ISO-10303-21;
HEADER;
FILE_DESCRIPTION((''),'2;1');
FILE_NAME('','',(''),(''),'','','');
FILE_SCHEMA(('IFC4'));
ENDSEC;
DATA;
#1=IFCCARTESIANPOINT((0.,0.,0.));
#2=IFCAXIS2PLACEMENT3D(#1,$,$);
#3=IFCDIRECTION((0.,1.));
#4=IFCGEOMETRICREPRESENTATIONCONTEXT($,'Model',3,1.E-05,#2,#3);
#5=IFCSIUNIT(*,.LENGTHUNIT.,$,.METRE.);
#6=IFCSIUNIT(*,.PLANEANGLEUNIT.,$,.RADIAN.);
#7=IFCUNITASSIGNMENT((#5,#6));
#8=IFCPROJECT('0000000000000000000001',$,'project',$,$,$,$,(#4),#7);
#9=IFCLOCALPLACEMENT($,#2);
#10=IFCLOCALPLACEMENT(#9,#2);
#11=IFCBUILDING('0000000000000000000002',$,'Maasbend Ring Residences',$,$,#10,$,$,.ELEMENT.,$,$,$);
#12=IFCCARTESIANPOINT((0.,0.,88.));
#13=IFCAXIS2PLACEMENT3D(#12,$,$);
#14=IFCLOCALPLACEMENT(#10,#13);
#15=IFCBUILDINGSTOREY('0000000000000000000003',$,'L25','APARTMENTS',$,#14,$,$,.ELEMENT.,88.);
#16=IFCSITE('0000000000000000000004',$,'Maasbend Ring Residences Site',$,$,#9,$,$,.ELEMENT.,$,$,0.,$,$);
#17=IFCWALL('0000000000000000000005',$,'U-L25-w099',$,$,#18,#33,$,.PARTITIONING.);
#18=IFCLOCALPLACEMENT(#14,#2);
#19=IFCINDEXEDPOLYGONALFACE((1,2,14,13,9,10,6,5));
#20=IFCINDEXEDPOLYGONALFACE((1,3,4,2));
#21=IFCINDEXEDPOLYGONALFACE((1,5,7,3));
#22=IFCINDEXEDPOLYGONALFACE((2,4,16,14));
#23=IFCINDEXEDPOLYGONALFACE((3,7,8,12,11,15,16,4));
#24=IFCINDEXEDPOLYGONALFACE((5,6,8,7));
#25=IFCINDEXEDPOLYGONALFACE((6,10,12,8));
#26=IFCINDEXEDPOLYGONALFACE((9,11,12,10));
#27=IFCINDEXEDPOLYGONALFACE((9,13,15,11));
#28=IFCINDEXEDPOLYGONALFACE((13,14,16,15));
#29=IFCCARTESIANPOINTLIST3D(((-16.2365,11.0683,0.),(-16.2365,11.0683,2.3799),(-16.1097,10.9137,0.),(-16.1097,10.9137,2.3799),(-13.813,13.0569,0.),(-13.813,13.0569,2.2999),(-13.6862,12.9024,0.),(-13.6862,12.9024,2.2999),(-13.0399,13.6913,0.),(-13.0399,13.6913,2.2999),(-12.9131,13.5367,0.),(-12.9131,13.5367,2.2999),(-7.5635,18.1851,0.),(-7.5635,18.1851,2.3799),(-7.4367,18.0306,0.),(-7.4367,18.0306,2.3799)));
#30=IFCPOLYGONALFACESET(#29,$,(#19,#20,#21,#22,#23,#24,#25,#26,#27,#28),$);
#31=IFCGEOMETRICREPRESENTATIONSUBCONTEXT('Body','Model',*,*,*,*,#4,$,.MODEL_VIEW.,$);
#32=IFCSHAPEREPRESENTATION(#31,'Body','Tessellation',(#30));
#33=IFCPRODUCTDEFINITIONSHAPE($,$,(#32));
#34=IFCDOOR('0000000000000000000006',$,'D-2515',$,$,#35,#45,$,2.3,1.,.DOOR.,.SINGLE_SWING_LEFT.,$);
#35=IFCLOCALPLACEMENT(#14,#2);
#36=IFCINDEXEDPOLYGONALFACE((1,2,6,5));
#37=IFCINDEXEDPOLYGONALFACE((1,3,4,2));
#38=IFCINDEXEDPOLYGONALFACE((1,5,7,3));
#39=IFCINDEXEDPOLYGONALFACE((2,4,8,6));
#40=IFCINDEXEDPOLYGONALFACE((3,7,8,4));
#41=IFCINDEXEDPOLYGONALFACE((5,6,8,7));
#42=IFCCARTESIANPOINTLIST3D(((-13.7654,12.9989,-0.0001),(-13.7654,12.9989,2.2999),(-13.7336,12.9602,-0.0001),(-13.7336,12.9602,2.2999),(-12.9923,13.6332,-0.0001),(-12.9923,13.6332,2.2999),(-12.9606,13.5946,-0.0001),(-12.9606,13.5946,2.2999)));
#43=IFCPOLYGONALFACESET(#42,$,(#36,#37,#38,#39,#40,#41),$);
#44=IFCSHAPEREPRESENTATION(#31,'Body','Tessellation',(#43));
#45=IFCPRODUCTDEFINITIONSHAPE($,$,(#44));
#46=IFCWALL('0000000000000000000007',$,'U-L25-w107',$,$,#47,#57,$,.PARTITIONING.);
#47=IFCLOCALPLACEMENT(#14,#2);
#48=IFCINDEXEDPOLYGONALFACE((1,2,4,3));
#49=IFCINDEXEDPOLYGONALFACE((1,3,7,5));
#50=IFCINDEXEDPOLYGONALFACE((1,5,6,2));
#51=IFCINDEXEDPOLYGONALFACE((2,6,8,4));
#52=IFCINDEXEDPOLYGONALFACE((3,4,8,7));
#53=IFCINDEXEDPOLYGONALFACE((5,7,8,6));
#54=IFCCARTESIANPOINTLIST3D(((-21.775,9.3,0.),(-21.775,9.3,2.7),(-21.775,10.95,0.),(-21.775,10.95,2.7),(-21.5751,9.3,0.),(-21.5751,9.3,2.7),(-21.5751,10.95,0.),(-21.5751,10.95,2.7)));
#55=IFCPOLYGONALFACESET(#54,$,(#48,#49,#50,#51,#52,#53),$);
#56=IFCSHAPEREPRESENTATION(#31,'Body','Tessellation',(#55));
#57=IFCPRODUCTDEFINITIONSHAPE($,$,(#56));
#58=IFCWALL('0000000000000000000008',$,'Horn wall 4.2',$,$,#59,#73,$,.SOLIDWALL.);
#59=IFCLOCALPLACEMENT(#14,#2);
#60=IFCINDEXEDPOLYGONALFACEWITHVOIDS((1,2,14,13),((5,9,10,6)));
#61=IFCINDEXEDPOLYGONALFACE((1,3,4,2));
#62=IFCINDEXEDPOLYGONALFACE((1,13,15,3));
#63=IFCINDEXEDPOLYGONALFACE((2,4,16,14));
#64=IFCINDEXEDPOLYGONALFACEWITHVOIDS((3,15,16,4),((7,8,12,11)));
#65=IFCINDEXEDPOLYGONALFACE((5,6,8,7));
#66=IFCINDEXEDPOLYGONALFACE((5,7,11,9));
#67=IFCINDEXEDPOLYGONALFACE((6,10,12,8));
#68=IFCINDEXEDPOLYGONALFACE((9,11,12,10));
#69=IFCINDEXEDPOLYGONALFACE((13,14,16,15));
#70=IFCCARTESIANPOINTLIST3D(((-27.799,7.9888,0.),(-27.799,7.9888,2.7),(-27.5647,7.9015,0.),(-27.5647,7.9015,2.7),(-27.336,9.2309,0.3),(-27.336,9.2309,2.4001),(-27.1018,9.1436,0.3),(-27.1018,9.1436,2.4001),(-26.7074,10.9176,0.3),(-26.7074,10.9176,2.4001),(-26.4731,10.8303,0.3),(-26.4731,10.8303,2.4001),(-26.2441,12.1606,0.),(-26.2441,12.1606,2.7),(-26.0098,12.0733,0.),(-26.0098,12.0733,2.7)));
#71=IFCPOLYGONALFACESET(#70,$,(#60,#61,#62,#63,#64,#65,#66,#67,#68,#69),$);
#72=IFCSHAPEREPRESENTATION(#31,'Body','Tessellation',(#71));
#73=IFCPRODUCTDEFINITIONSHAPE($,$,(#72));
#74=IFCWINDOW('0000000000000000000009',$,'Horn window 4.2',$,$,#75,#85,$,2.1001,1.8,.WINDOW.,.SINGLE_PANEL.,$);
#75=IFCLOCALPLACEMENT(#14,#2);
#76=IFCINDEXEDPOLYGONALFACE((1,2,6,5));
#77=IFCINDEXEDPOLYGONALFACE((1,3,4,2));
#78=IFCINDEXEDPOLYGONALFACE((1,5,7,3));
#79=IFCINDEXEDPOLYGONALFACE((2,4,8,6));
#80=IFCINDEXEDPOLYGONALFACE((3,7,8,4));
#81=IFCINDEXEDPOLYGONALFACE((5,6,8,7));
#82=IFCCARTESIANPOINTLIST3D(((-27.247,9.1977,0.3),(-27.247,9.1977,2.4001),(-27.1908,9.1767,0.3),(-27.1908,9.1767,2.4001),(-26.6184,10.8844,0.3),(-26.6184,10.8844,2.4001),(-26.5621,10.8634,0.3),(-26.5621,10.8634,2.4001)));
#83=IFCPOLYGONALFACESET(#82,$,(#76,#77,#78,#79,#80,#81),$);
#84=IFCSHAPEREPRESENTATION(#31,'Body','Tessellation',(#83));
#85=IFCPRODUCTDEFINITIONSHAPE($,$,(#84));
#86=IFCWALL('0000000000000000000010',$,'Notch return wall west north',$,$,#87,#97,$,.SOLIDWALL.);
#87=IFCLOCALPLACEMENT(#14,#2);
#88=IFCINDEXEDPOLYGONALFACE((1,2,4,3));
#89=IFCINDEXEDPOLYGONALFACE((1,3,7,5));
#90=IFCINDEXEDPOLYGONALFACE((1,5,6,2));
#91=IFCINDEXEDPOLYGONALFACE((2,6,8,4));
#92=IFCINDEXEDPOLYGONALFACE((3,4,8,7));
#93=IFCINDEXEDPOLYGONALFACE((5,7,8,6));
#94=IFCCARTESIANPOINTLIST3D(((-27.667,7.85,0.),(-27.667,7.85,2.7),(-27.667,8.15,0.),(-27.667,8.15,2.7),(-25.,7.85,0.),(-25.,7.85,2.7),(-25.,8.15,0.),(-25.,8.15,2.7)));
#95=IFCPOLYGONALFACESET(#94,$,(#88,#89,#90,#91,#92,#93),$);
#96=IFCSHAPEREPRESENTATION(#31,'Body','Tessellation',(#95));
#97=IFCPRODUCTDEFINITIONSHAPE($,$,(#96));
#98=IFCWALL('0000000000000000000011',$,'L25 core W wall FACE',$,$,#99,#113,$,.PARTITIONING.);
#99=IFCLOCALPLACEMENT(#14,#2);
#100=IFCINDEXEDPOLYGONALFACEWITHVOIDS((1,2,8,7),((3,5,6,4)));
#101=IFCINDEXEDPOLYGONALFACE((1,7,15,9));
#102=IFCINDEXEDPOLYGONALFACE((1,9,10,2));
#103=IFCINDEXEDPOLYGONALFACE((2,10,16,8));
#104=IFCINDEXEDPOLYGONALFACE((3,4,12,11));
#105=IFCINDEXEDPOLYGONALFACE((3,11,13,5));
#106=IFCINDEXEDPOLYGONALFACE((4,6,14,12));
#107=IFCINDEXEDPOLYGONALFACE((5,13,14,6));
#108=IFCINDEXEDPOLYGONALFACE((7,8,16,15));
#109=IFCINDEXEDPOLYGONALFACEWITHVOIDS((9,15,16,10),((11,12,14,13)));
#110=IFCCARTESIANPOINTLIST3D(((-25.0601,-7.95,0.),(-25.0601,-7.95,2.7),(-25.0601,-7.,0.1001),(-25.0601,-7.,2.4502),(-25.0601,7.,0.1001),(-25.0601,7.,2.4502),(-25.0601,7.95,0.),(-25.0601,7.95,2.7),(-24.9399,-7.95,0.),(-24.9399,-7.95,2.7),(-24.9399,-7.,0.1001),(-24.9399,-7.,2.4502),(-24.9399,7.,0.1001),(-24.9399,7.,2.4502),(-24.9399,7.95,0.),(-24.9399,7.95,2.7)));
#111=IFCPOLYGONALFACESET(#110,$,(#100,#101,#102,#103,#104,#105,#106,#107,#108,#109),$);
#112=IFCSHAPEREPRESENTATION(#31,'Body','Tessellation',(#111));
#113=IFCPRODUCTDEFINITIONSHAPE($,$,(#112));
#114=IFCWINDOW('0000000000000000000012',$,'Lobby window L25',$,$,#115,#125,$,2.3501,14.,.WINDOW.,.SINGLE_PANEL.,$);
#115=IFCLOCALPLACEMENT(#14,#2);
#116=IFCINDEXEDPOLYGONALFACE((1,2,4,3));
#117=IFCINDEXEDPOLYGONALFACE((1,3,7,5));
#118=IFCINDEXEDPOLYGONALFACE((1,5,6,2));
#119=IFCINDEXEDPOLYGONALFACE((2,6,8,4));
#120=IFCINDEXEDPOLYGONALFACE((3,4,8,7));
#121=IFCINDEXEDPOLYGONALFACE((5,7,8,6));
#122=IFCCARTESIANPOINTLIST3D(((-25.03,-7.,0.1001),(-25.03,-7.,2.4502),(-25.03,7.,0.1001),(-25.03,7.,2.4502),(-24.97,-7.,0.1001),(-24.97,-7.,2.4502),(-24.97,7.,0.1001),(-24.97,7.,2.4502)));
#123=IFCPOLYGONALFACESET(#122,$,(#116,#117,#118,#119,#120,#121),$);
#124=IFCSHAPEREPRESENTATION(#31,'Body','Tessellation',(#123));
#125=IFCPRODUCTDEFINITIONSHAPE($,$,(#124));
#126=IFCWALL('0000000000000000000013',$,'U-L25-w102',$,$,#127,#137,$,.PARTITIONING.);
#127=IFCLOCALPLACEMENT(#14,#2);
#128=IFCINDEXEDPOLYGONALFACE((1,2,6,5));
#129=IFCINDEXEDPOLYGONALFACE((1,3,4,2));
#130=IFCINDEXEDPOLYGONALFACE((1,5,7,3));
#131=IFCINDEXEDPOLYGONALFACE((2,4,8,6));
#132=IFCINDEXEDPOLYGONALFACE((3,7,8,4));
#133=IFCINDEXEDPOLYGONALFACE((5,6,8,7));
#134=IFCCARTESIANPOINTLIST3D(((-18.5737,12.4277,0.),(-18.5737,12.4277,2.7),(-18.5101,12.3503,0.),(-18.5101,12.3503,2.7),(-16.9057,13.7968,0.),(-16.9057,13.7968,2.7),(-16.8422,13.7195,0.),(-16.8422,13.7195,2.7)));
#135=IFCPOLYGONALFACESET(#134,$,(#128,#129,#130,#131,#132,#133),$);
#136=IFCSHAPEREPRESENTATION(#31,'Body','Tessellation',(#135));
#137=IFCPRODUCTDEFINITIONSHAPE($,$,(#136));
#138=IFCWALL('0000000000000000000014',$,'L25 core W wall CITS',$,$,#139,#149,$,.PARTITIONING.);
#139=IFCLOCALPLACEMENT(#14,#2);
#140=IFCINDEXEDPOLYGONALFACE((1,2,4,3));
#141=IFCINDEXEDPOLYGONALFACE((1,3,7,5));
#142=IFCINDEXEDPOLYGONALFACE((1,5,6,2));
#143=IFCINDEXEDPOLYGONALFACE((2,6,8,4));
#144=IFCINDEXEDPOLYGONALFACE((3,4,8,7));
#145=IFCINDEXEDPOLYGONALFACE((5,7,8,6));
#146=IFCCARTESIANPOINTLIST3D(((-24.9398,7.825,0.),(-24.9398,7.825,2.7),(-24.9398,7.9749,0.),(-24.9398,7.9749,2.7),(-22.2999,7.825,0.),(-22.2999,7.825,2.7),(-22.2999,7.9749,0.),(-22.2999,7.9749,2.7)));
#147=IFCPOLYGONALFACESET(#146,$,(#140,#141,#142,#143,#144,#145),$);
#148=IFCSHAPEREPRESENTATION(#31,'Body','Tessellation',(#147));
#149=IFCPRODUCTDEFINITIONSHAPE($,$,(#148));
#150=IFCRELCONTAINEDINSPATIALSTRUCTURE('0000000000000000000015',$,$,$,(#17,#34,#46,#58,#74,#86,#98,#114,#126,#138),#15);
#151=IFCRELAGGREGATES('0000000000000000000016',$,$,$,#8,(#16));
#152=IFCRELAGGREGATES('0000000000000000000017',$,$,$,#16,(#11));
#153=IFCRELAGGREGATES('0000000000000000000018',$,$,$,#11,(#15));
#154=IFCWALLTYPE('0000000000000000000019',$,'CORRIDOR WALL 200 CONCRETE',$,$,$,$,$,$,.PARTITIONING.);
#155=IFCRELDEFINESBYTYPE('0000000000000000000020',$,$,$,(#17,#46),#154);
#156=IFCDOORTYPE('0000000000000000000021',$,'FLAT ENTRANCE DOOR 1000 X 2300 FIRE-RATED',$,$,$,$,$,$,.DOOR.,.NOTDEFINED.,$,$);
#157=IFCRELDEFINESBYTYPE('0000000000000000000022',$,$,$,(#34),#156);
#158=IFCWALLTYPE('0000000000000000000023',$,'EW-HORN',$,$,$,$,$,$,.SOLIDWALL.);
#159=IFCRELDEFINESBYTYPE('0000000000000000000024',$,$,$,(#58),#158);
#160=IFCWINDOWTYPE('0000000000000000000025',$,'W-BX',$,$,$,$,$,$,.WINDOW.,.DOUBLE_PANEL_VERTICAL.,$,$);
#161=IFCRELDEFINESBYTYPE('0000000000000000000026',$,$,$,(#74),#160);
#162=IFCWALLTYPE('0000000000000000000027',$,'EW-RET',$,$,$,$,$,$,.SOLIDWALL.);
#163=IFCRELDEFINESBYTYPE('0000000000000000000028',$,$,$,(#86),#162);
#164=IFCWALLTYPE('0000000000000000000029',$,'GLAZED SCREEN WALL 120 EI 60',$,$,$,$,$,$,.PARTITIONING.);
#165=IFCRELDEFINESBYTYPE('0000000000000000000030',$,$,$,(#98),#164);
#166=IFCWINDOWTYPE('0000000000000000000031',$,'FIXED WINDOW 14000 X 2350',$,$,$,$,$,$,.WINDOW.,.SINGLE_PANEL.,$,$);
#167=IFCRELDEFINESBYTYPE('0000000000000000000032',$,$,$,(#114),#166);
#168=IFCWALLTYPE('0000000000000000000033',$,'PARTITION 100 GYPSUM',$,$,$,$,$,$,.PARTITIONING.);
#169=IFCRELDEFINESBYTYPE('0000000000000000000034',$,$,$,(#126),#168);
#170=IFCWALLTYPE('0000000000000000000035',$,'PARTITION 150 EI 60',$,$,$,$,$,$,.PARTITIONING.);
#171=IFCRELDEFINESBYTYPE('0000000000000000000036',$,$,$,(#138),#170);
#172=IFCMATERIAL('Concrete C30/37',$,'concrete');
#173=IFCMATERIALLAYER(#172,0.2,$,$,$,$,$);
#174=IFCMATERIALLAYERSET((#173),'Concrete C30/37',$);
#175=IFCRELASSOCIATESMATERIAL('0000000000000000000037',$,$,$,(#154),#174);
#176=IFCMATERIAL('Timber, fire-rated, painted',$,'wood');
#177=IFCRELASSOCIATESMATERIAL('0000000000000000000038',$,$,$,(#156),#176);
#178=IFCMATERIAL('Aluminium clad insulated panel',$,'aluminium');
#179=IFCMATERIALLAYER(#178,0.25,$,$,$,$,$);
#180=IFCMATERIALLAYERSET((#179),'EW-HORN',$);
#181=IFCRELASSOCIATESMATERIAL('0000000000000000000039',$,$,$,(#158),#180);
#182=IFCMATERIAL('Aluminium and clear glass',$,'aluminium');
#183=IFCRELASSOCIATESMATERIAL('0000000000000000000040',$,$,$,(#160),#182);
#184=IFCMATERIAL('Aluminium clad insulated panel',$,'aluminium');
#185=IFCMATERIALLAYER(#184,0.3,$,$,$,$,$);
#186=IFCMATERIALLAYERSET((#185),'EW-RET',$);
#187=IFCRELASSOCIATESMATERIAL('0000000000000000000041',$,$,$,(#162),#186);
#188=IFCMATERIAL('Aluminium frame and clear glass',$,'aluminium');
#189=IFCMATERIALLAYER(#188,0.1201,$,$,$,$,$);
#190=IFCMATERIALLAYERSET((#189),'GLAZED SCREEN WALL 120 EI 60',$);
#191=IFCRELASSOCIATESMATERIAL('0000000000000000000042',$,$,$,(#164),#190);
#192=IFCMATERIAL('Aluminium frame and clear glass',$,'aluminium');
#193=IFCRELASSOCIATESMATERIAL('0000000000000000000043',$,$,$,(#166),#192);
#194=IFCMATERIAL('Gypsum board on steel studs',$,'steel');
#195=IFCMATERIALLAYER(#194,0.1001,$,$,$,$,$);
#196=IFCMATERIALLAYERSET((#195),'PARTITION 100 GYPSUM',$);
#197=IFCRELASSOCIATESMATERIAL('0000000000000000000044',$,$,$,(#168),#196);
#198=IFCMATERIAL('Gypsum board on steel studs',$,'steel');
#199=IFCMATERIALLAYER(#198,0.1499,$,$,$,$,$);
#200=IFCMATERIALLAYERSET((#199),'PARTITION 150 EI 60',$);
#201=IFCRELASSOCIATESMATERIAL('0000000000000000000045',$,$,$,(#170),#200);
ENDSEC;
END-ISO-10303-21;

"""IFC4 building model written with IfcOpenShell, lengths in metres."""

from ifc_helpers import new_model, si_unit, direction, frame, frame_2d, origin, place, context, subcontext, project, spatial, rectangle, extrude, material, layer, layer_set, type_object, element, fill, save


model = new_model("IFC4")

# Units and contexts
model_context = context("Model", 3, precision=1e-05, world=origin(), true_north=direction((0.0, 1.0)))
body_context = subcontext(model_context, "Body", "Model", "MODEL_VIEW")
ifc_project = project(units=[si_unit("LENGTHUNIT", "METRE"), si_unit("PLANEANGLEUNIT", "RADIAN")], contexts=[model_context])

# Site, building, storey
site_placement = place(None, origin())
site = spatial("IfcSite", under=ifc_project, at=site_placement, Name="Maasbend Ring Residences Site", CompositionType="ELEMENT", RefElevation=0.0)
building_placement = place(site_placement, origin())
building = spatial("IfcBuilding", under=site, at=building_placement, Name="Maasbend Ring Residences", CompositionType="ELEMENT")
storey_placement = place(building_placement, frame((0.0, 0.0, 88.0)))
storey = spatial("IfcBuildingStorey", under=building, at=storey_placement, Name="L25", Description="APARTMENTS", CompositionType="ELEMENT", Elevation=88.0)

# Wall, opening, door
ifc_material_1 = material(Name="Concrete C30/37", Category="concrete")
ifc_layer_1 = layer(ifc_material_1, 0.2)
ifc_layer_set_1 = layer_set([ifc_layer_1], Name="Concrete C30/37")
wall_type_1 = type_object("IfcWallType", Name="CORRIDOR WALL 200 CONCRETE", PredefinedType="PARTITIONING", material=ifc_layer_set_1)
wall_1_placement = place(storey_placement, frame((-16.1731, 10.991, 0.0), z_axis=(0.0, 0.0, 1.0), x_axis=(0.773049, 0.634346, 0.0)))
wall_1 = element("IfcWall", 1, at=wall_1_placement, inside=storey, type_object=wall_type_1, Name="U-L25-w099", PredefinedType="PARTITIONING", context=body_context, shape_type="SweptSolid", body=[
    extrude(rectangle(XDim=11.2192, YDim=0.2, at=frame_2d((5.6096, 0.0))), origin(), (0.0, 0.0, 1.0), 2.3799),
])
opening_1_placement = place(wall_1_placement, frame((3.135, 0.0, 0.0)))
opening_1 = element("IfcOpeningElement", 2, at=opening_1_placement, cuts=wall_1, PredefinedType="OPENING", context=body_context, shape_type="SweptSolid", body=[
    extrude(rectangle(XDim=1.0, YDim=2.3, at=frame_2d((0.5, 1.1499))), frame((0.0, 0.1099, 0.0), z_axis=(0.0, -1.0, 0.0), x_axis=(1.0, 0.0, 0.0)), (0.0, 0.0, 1.0), 0.22),
])
ifc_material_2 = material(Name="Timber, fire-rated, painted", Category="wood")
door_type_1 = type_object("IfcDoorType", Name="FLAT ENTRANCE DOOR 1000 X 2300 FIRE-RATED", OperationType="NOTDEFINED", PredefinedType="DOOR", material=ifc_material_2)
door_1_placement = place(opening_1_placement, origin())
door_1 = element("IfcDoor", 3, at=door_1_placement, inside=storey, type_object=door_type_1, Name="D-2515", OperationType="SINGLE_SWING_LEFT", OverallHeight=2.3, OverallWidth=1.0, PredefinedType="DOOR", context=body_context, shape_type="SweptSolid", body=[
    extrude(rectangle(XDim=1.0, YDim=2.3, at=frame_2d((0.5, 1.1499))), frame((0.0, 0.0249, 0.0), z_axis=(0.0, -1.0, 0.0), x_axis=(1.0, 0.0, 0.0)), (0.0, 0.0, 1.0), 0.05),
])
fill(opening_1, door_1)

# Wall
wall_2_placement = place(storey_placement, frame((-21.675, 9.3, 0.0), z_axis=(0.0, 0.0, 1.0), x_axis=(0.0, 1.0, 0.0)))
element("IfcWall", 4, at=wall_2_placement, inside=storey, type_object=wall_type_1, Name="U-L25-w107", PredefinedType="PARTITIONING", context=body_context, shape_type="SweptSolid", body=[
    extrude(rectangle(XDim=1.6499, YDim=0.2, at=frame_2d((0.825, 0.0))), origin(), (0.0, 0.0, 1.0), 2.7),
])

# Wall, opening, window
ifc_material_3 = material(Name="Aluminium clad insulated panel", Category="aluminium")
ifc_layer_2 = layer(ifc_material_3, 0.25)
ifc_layer_set_2 = layer_set([ifc_layer_2], Name="EW-HORN")
wall_type_2 = type_object("IfcWallType", Name="EW-HORN", PredefinedType="SOLIDWALL", material=ifc_layer_set_2)
wall_3_placement = place(storey_placement, frame((-26.127, 12.1169, 0.0), z_axis=(0.0, 0.0, 1.0), x_axis=(-0.349248, -0.93703, 0.0)))
wall_3 = element("IfcWall", 5, at=wall_3_placement, inside=storey, type_object=wall_type_2, Name="Horn wall 4.2", PredefinedType="SOLIDWALL", context=body_context, shape_type="SweptSolid", body=[
    extrude(rectangle(XDim=4.4521, YDim=0.25, at=frame_2d((2.2261, 0.0))), origin(), (0.0, 0.0, 1.0), 2.7),
])
opening_2_placement = place(wall_3_placement, frame((1.3267, 0.0, 0.3)))
opening_2 = element("IfcOpeningElement", 6, at=opening_2_placement, cuts=wall_3, PredefinedType="OPENING", context=body_context, shape_type="SweptSolid", body=[
    extrude(rectangle(XDim=1.8, YDim=2.1001, at=frame_2d((0.8999, 1.05))), frame((0.0, 0.135, 0.0), z_axis=(0.0, -1.0, 0.0), x_axis=(1.0, 0.0, 0.0)), (0.0, 0.0, 1.0), 0.27),
])
ifc_material_4 = material(Name="Aluminium and clear glass", Category="aluminium")
window_type_1 = type_object("IfcWindowType", Name="W-BX", PartitioningType="DOUBLE_PANEL_VERTICAL", PredefinedType="WINDOW", material=ifc_material_4)
window_1_placement = place(opening_2_placement, origin())
window_1 = element("IfcWindow", 7, at=window_1_placement, inside=storey, type_object=window_type_1, Name="Horn window 4.2", OverallHeight=2.1001, OverallWidth=1.8, PartitioningType="SINGLE_PANEL", PredefinedType="WINDOW", context=body_context, shape_type="SweptSolid", body=[
    extrude(rectangle(XDim=1.8, YDim=2.1001, at=frame_2d((0.8999, 1.05))), frame((0.0, 0.03, 0.0), z_axis=(0.0, -1.0, 0.0), x_axis=(1.0, 0.0, 0.0)), (0.0, 0.0, 1.0), 0.0601),
])
fill(opening_2, window_1)

# Wall
ifc_material_5 = material(Name="Aluminium clad insulated panel", Category="aluminium")
ifc_layer_3 = layer(ifc_material_5, 0.3)
ifc_layer_set_3 = layer_set([ifc_layer_3], Name="EW-RET")
wall_type_3 = type_object("IfcWallType", Name="EW-RET", PredefinedType="SOLIDWALL", material=ifc_layer_set_3)
wall_4_placement = place(storey_placement, frame((-25.0, 8.0, 0.0), z_axis=(0.0, 0.0, 1.0), x_axis=(-1.0, 0.0, 0.0)))
element("IfcWall", 8, at=wall_4_placement, inside=storey, type_object=wall_type_3, Name="Notch return wall west north", PredefinedType="SOLIDWALL", context=body_context, shape_type="SweptSolid", body=[
    extrude(rectangle(XDim=2.667, YDim=0.3, at=frame_2d((1.3335, 0.0))), origin(), (0.0, 0.0, 1.0), 2.7),
])

# Wall, opening, window
ifc_material_6 = material(Name="Aluminium frame and clear glass", Category="aluminium")
ifc_layer_4 = layer(ifc_material_6, 0.1201)
ifc_layer_set_4 = layer_set([ifc_layer_4], Name="GLAZED SCREEN WALL 120 EI 60")
wall_type_4 = type_object("IfcWallType", Name="GLAZED SCREEN WALL 120 EI 60", PredefinedType="PARTITIONING", material=ifc_layer_set_4)
wall_5_placement = place(storey_placement, frame((-25.0, 7.95, 0.0), z_axis=(0.0, 0.0, 1.0), x_axis=(0.0, -1.0, 0.0)))
wall_5 = element("IfcWall", 9, at=wall_5_placement, inside=storey, type_object=wall_type_4, Name="L25 core W wall FACE", PredefinedType="PARTITIONING", context=body_context, shape_type="SweptSolid", body=[
    extrude(rectangle(XDim=15.8999, YDim=0.1201, at=frame_2d((7.95, 0.0))), origin(), (0.0, 0.0, 1.0), 2.7),
])
opening_3_placement = place(wall_5_placement, frame((0.95, 0.0, 0.1001)))
opening_3 = element("IfcOpeningElement", 10, at=opening_3_placement, cuts=wall_5, PredefinedType="OPENING", context=body_context, shape_type="SweptSolid", body=[
    extrude(rectangle(XDim=14.0, YDim=2.3501, at=frame_2d((7.0, 1.175))), frame((0.0, 0.0701, 0.0), z_axis=(0.0, -1.0, 0.0), x_axis=(1.0, 0.0, 0.0)), (0.0, 0.0, 1.0), 0.1401),
])
ifc_material_7 = material(Name="Aluminium frame and clear glass", Category="aluminium")
window_type_2 = type_object("IfcWindowType", Name="FIXED WINDOW 14000 X 2350", PartitioningType="SINGLE_PANEL", PredefinedType="WINDOW", material=ifc_material_7)
window_2_placement = place(opening_3_placement, origin())
window_2 = element("IfcWindow", 11, at=window_2_placement, inside=storey, type_object=window_type_2, Name="Lobby window L25", OverallHeight=2.3501, OverallWidth=14.0, PartitioningType="SINGLE_PANEL", PredefinedType="WINDOW", context=body_context, shape_type="SweptSolid", body=[
    extrude(rectangle(XDim=14.0, YDim=2.3501, at=frame_2d((7.0, 1.175))), frame((0.0, 0.03, 0.0), z_axis=(0.0, -1.0, 0.0), x_axis=(1.0, 0.0, 0.0)), (0.0, 0.0, 1.0), 0.0601),
])
fill(opening_3, window_2)

# Walls
ifc_material_8 = material(Name="Gypsum board on steel studs", Category="steel")
ifc_layer_5 = layer(ifc_material_8, 0.1001)
ifc_layer_set_5 = layer_set([ifc_layer_5], Name="PARTITION 100 GYPSUM")
wall_type_5 = type_object("IfcWallType", Name="PARTITION 100 GYPSUM", PredefinedType="PARTITIONING", material=ifc_layer_set_5)
wall_6_placement = place(storey_placement, frame((-18.542, 12.3889, 0.0), z_axis=(0.0, 0.0, 1.0), x_axis=(0.772948, 0.634469, 0.0)))
element("IfcWall", 12, at=wall_6_placement, inside=storey, type_object=wall_type_5, Name="U-L25-w102", PredefinedType="PARTITIONING", context=body_context, shape_type="SweptSolid", body=[
    extrude(rectangle(XDim=2.158, YDim=0.1001, at=frame_2d((1.0791, 0.0))), origin(), (0.0, 0.0, 1.0), 2.7),
])
ifc_material_9 = material(Name="Gypsum board on steel studs", Category="steel")
ifc_layer_6 = layer(ifc_material_9, 0.1499)
ifc_layer_set_6 = layer_set([ifc_layer_6], Name="PARTITION 150 EI 60")
wall_type_6 = type_object("IfcWallType", Name="PARTITION 150 EI 60", PredefinedType="PARTITIONING", material=ifc_layer_set_6)
wall_7_placement = place(storey_placement, frame((-22.3, 7.8999, 0.0), z_axis=(0.0, 0.0, 1.0), x_axis=(-1.0, 0.0, 0.0)))
element("IfcWall", 13, at=wall_7_placement, inside=storey, type_object=wall_type_6, Name="L25 core W wall CITS", PredefinedType="PARTITIONING", context=body_context, shape_type="SweptSolid", body=[
    extrude(rectangle(XDim=2.6399, YDim=0.1499, at=frame_2d((1.3198, 0.0))), origin(), (0.0, 0.0, 1.0), 2.7),
])

save(model, "model.ifc")
